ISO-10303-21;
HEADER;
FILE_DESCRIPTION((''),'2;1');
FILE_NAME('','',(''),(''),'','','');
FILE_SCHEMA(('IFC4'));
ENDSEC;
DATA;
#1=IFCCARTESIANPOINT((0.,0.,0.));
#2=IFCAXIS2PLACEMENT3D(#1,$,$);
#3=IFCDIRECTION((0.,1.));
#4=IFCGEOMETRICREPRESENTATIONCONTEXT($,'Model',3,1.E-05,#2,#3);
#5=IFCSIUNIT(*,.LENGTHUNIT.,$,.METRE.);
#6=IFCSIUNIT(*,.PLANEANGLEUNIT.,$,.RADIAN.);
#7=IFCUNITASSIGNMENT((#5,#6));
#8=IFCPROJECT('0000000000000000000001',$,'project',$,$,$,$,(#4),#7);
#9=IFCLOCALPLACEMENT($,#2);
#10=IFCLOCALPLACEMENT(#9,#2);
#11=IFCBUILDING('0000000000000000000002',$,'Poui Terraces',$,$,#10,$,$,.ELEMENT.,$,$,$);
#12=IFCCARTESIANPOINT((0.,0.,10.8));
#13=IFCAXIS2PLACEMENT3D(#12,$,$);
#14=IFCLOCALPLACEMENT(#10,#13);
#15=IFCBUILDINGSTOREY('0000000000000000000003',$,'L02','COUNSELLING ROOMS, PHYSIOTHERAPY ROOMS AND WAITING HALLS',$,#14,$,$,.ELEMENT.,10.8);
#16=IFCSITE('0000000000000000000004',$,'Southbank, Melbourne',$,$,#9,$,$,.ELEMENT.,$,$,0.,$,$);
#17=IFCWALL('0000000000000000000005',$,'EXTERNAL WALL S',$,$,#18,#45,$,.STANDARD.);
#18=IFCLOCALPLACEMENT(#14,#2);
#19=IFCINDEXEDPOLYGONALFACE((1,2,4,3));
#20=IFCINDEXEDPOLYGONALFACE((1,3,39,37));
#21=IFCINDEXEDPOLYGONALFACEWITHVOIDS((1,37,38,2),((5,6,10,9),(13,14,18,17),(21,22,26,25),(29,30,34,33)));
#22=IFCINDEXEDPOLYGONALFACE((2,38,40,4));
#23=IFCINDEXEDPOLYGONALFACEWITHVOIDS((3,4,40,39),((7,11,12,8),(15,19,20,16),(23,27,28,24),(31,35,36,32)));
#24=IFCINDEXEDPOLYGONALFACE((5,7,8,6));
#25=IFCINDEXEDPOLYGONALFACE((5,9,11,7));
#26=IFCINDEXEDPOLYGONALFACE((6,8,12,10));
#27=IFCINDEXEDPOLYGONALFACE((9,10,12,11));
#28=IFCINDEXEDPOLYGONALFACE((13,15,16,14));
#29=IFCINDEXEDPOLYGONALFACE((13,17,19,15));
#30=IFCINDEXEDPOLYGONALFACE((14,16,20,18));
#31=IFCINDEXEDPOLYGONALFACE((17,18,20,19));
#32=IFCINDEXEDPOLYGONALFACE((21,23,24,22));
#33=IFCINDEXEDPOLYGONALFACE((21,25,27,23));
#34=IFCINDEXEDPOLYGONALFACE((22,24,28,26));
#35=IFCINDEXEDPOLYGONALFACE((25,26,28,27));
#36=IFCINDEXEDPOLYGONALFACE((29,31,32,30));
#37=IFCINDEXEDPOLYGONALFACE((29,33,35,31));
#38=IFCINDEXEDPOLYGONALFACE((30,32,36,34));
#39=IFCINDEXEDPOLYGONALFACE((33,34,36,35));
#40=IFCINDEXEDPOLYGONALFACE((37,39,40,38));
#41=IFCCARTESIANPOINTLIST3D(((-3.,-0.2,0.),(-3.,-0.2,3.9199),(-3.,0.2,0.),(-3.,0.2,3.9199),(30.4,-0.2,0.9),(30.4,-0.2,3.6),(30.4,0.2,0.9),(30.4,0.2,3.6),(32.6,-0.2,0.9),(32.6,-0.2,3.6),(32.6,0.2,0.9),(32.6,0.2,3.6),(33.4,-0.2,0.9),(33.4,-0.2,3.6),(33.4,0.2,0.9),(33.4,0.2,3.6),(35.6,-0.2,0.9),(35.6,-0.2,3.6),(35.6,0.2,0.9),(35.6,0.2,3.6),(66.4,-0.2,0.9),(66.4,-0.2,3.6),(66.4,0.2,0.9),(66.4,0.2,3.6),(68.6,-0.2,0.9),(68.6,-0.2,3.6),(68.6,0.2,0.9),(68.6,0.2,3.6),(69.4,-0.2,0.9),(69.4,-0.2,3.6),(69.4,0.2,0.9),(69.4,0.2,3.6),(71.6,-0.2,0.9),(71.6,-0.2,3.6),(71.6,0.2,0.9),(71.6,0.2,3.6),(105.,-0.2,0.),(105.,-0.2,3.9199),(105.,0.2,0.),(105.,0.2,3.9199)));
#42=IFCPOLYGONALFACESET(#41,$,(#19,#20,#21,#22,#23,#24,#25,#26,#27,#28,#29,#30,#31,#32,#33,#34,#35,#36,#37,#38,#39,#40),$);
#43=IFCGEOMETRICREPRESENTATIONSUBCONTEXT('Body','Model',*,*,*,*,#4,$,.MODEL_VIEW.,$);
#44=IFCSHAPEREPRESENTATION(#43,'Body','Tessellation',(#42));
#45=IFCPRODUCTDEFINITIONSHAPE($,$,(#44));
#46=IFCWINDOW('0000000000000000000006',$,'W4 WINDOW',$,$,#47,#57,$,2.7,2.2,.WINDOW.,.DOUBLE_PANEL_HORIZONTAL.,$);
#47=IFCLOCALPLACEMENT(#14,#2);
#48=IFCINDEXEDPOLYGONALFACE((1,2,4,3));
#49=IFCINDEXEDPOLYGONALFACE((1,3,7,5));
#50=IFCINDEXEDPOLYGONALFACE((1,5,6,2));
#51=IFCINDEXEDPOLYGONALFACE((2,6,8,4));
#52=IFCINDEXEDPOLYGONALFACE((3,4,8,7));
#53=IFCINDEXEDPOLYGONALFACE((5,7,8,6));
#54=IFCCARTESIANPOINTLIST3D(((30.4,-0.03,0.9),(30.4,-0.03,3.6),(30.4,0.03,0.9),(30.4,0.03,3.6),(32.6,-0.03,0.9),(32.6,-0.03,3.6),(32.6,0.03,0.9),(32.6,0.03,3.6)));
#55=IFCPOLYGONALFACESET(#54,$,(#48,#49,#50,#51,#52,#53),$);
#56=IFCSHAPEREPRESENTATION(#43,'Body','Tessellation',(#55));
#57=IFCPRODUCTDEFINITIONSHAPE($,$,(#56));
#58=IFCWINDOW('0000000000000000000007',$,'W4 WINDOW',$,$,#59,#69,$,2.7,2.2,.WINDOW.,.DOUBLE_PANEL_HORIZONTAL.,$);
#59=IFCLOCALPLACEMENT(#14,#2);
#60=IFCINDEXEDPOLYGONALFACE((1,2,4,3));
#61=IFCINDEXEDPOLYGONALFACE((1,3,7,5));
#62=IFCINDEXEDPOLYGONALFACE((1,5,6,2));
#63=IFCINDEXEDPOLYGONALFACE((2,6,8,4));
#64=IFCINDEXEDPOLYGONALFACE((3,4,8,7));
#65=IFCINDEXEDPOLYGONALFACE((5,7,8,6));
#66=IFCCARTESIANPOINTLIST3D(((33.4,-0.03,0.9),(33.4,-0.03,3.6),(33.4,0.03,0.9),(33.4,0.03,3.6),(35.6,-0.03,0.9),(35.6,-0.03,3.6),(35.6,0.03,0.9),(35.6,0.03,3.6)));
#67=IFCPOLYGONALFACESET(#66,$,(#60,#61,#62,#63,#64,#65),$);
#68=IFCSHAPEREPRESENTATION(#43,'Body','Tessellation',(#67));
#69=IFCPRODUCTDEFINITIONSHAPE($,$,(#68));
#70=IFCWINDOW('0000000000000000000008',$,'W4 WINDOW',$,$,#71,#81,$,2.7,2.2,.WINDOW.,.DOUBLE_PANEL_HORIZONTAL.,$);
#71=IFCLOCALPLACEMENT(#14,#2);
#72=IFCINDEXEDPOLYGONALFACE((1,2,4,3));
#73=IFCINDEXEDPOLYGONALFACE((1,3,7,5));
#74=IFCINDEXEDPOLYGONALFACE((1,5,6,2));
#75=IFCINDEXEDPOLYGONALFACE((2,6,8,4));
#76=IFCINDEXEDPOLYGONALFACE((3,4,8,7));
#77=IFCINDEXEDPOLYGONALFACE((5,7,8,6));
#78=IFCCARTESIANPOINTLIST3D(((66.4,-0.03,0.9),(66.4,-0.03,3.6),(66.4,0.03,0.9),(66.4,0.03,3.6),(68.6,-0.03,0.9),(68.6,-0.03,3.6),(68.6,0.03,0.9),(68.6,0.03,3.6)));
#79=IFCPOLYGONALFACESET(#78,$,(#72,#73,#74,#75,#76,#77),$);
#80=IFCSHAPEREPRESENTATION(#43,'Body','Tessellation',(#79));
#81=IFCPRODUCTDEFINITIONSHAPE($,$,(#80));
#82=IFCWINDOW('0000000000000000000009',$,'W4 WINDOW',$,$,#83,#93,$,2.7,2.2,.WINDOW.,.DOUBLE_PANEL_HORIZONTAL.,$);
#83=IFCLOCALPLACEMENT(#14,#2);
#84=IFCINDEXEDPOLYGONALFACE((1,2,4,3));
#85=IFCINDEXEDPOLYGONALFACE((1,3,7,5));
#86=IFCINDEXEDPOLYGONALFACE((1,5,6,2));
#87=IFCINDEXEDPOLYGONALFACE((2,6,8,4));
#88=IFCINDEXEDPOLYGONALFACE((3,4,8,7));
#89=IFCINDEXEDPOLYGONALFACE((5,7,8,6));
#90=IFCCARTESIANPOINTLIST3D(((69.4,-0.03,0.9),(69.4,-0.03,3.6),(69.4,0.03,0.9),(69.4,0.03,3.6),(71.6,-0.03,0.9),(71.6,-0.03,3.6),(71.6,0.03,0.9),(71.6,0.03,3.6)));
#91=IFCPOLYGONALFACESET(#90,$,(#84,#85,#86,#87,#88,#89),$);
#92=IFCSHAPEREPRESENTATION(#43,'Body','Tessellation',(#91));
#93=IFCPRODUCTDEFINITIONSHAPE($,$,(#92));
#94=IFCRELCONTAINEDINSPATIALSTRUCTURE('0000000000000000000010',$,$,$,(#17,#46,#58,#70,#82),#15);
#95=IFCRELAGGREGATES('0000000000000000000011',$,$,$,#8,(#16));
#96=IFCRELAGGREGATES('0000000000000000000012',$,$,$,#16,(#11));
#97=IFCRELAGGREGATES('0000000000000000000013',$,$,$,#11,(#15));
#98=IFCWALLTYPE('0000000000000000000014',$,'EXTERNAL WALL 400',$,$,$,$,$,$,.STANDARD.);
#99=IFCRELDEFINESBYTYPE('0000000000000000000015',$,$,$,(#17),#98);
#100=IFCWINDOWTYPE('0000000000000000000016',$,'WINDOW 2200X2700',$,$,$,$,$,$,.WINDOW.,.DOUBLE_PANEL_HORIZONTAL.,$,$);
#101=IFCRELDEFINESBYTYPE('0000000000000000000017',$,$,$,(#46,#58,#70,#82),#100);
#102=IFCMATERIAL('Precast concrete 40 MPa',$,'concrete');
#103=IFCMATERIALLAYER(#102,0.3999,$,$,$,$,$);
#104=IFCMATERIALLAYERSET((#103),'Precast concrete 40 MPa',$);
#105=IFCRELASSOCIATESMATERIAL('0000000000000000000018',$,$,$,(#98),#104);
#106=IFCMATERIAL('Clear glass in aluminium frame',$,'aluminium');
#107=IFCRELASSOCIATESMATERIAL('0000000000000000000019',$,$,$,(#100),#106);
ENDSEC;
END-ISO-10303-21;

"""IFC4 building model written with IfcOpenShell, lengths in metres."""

from ifc_helpers import new_model, si_unit, direction, frame, frame_2d, origin, place, context, subcontext, project, spatial, rectangle, extrude, material, layer, layer_set, type_object, element, fill, save


model = new_model("IFC4")

# Units and contexts
model_context = context("Model", 3, precision=1e-05, world=origin(), true_north=direction((0.0, 1.0)))
body_context = subcontext(model_context, "Body", "Model", "MODEL_VIEW")
ifc_project = project(units=[si_unit("LENGTHUNIT", "METRE"), si_unit("PLANEANGLEUNIT", "RADIAN")], contexts=[model_context])

# Site, building, storey
site_placement = place(None, origin())
site = spatial("IfcSite", under=ifc_project, at=site_placement, Name="Southbank, Melbourne", CompositionType="ELEMENT", RefElevation=0.0)
building_placement = place(site_placement, origin())
building = spatial("IfcBuilding", under=site, at=building_placement, Name="Poui Terraces", CompositionType="ELEMENT")
storey_placement = place(building_placement, frame((0.0, 0.0, 10.8)))
storey = spatial("IfcBuildingStorey", under=building, at=storey_placement, Name="L02", Description="COUNSELLING ROOMS, PHYSIOTHERAPY ROOMS AND WAITING HALLS", CompositionType="ELEMENT", Elevation=10.8)

# Wall, openings, windows
ifc_material_1 = material(Name="Precast concrete 40 MPa", Category="concrete")
ifc_layer_1 = layer(ifc_material_1, 0.3999)
ifc_layer_set_1 = layer_set([ifc_layer_1], Name="Precast concrete 40 MPa")
wall_type_1 = type_object("IfcWallType", Name="EXTERNAL WALL 400", PredefinedType="STANDARD", material=ifc_layer_set_1)
wall_1_placement = place(storey_placement, frame((-3.0, 0.0, 0.0), z_axis=(0.0, 0.0, 1.0), x_axis=(1.0, 0.0, 0.0)))
wall_1 = element("IfcWall", 1, at=wall_1_placement, inside=storey, type_object=wall_type_1, Name="EXTERNAL WALL S", PredefinedType="STANDARD", context=body_context, shape_type="SweptSolid", body=[
    extrude(rectangle(XDim=108.0, YDim=0.3999, at=frame_2d((54.0, 0.0))), origin(), (0.0, 0.0, 1.0), 3.9199),
])
opening_1_placement = place(wall_1_placement, frame((33.3999, 0.0, 0.8999)))
opening_1 = element("IfcOpeningElement", 2, at=opening_1_placement, cuts=wall_1, PredefinedType="OPENING", context=body_context, shape_type="SweptSolid", body=[
    extrude(rectangle(XDim=2.2, YDim=2.7, at=frame_2d((1.1001, 1.3501))), frame((0.0, 0.21, 0.0), z_axis=(0.0, -1.0, 0.0), x_axis=(1.0, 0.0, 0.0)), (0.0, 0.0, 1.0), 0.4199),
])
opening_2_placement = place(wall_1_placement, frame((36.3999, 0.0, 0.8999)))
opening_2 = element("IfcOpeningElement", 3, at=opening_2_placement, cuts=wall_1, PredefinedType="OPENING", context=body_context, shape_type="SweptSolid", body=[
    extrude(rectangle(XDim=2.2, YDim=2.7, at=frame_2d((1.1001, 1.3501))), frame((0.0, 0.21, 0.0), z_axis=(0.0, -1.0, 0.0), x_axis=(1.0, 0.0, 0.0)), (0.0, 0.0, 1.0), 0.4199),
])
opening_3_placement = place(wall_1_placement, frame((69.3999, 0.0, 0.8999)))
opening_3 = element("IfcOpeningElement", 4, at=opening_3_placement, cuts=wall_1, PredefinedType="OPENING", context=body_context, shape_type="SweptSolid", body=[
    extrude(rectangle(XDim=2.2, YDim=2.7, at=frame_2d((1.1001, 1.3501))), frame((0.0, 0.21, 0.0), z_axis=(0.0, -1.0, 0.0), x_axis=(1.0, 0.0, 0.0)), (0.0, 0.0, 1.0), 0.4199),
])
opening_4_placement = place(wall_1_placement, frame((72.3999, 0.0, 0.8999)))
opening_4 = element("IfcOpeningElement", 5, at=opening_4_placement, cuts=wall_1, PredefinedType="OPENING", context=body_context, shape_type="SweptSolid", body=[
    extrude(rectangle(XDim=2.2, YDim=2.7, at=frame_2d((1.1001, 1.3501))), frame((0.0, 0.21, 0.0), z_axis=(0.0, -1.0, 0.0), x_axis=(1.0, 0.0, 0.0)), (0.0, 0.0, 1.0), 0.4199),
])
ifc_material_2 = material(Name="Clear glass in aluminium frame", Category="aluminium")
window_type = type_object("IfcWindowType", Name="WINDOW 2200X2700", PartitioningType="DOUBLE_PANEL_HORIZONTAL", PredefinedType="WINDOW", material=ifc_material_2)
window_1_placement = place(opening_1_placement, origin())
window_1 = element("IfcWindow", 6, at=window_1_placement, inside=storey, type_object=window_type, Name="W4 WINDOW", OverallHeight=2.7, OverallWidth=2.2, PartitioningType="DOUBLE_PANEL_HORIZONTAL", PredefinedType="WINDOW", context=body_context, shape_type="SweptSolid", body=[
    extrude(rectangle(XDim=2.2, YDim=2.7, at=frame_2d((1.1001, 1.3501))), frame((0.0, 0.03, 0.0), z_axis=(0.0, -1.0, 0.0), x_axis=(1.0, 0.0, 0.0)), (0.0, 0.0, 1.0), 0.0601),
])
fill(opening_1, window_1)
window_2_placement = place(opening_2_placement, origin())
window_2 = element("IfcWindow", 7, at=window_2_placement, inside=storey, type_object=window_type, Name="W4 WINDOW", OverallHeight=2.7, OverallWidth=2.2, PartitioningType="DOUBLE_PANEL_HORIZONTAL", PredefinedType="WINDOW", context=body_context, shape_type="SweptSolid", body=[
    extrude(rectangle(XDim=2.2, YDim=2.7, at=frame_2d((1.1001, 1.3501))), frame((0.0, 0.03, 0.0), z_axis=(0.0, -1.0, 0.0), x_axis=(1.0, 0.0, 0.0)), (0.0, 0.0, 1.0), 0.0601),
])
fill(opening_2, window_2)
window_3_placement = place(opening_3_placement, origin())
window_3 = element("IfcWindow", 8, at=window_3_placement, inside=storey, type_object=window_type, Name="W4 WINDOW", OverallHeight=2.7, OverallWidth=2.2, PartitioningType="DOUBLE_PANEL_HORIZONTAL", PredefinedType="WINDOW", context=body_context, shape_type="SweptSolid", body=[
    extrude(rectangle(XDim=2.2, YDim=2.7, at=frame_2d((1.1001, 1.3501))), frame((0.0, 0.03, 0.0), z_axis=(0.0, -1.0, 0.0), x_axis=(1.0, 0.0, 0.0)), (0.0, 0.0, 1.0), 0.0601),
])
fill(opening_3, window_3)
window_4_placement = place(opening_4_placement, origin())
window_4 = element("IfcWindow", 9, at=window_4_placement, inside=storey, type_object=window_type, Name="W4 WINDOW", OverallHeight=2.7, OverallWidth=2.2, PartitioningType="DOUBLE_PANEL_HORIZONTAL", PredefinedType="WINDOW", context=body_context, shape_type="SweptSolid", body=[
    extrude(rectangle(XDim=2.2, YDim=2.7, at=frame_2d((1.1001, 1.3501))), frame((0.0, 0.03, 0.0), z_axis=(0.0, -1.0, 0.0), x_axis=(1.0, 0.0, 0.0)), (0.0, 0.0, 1.0), 0.0601),
])
fill(opening_4, window_4)

save(model, "model.ifc")
